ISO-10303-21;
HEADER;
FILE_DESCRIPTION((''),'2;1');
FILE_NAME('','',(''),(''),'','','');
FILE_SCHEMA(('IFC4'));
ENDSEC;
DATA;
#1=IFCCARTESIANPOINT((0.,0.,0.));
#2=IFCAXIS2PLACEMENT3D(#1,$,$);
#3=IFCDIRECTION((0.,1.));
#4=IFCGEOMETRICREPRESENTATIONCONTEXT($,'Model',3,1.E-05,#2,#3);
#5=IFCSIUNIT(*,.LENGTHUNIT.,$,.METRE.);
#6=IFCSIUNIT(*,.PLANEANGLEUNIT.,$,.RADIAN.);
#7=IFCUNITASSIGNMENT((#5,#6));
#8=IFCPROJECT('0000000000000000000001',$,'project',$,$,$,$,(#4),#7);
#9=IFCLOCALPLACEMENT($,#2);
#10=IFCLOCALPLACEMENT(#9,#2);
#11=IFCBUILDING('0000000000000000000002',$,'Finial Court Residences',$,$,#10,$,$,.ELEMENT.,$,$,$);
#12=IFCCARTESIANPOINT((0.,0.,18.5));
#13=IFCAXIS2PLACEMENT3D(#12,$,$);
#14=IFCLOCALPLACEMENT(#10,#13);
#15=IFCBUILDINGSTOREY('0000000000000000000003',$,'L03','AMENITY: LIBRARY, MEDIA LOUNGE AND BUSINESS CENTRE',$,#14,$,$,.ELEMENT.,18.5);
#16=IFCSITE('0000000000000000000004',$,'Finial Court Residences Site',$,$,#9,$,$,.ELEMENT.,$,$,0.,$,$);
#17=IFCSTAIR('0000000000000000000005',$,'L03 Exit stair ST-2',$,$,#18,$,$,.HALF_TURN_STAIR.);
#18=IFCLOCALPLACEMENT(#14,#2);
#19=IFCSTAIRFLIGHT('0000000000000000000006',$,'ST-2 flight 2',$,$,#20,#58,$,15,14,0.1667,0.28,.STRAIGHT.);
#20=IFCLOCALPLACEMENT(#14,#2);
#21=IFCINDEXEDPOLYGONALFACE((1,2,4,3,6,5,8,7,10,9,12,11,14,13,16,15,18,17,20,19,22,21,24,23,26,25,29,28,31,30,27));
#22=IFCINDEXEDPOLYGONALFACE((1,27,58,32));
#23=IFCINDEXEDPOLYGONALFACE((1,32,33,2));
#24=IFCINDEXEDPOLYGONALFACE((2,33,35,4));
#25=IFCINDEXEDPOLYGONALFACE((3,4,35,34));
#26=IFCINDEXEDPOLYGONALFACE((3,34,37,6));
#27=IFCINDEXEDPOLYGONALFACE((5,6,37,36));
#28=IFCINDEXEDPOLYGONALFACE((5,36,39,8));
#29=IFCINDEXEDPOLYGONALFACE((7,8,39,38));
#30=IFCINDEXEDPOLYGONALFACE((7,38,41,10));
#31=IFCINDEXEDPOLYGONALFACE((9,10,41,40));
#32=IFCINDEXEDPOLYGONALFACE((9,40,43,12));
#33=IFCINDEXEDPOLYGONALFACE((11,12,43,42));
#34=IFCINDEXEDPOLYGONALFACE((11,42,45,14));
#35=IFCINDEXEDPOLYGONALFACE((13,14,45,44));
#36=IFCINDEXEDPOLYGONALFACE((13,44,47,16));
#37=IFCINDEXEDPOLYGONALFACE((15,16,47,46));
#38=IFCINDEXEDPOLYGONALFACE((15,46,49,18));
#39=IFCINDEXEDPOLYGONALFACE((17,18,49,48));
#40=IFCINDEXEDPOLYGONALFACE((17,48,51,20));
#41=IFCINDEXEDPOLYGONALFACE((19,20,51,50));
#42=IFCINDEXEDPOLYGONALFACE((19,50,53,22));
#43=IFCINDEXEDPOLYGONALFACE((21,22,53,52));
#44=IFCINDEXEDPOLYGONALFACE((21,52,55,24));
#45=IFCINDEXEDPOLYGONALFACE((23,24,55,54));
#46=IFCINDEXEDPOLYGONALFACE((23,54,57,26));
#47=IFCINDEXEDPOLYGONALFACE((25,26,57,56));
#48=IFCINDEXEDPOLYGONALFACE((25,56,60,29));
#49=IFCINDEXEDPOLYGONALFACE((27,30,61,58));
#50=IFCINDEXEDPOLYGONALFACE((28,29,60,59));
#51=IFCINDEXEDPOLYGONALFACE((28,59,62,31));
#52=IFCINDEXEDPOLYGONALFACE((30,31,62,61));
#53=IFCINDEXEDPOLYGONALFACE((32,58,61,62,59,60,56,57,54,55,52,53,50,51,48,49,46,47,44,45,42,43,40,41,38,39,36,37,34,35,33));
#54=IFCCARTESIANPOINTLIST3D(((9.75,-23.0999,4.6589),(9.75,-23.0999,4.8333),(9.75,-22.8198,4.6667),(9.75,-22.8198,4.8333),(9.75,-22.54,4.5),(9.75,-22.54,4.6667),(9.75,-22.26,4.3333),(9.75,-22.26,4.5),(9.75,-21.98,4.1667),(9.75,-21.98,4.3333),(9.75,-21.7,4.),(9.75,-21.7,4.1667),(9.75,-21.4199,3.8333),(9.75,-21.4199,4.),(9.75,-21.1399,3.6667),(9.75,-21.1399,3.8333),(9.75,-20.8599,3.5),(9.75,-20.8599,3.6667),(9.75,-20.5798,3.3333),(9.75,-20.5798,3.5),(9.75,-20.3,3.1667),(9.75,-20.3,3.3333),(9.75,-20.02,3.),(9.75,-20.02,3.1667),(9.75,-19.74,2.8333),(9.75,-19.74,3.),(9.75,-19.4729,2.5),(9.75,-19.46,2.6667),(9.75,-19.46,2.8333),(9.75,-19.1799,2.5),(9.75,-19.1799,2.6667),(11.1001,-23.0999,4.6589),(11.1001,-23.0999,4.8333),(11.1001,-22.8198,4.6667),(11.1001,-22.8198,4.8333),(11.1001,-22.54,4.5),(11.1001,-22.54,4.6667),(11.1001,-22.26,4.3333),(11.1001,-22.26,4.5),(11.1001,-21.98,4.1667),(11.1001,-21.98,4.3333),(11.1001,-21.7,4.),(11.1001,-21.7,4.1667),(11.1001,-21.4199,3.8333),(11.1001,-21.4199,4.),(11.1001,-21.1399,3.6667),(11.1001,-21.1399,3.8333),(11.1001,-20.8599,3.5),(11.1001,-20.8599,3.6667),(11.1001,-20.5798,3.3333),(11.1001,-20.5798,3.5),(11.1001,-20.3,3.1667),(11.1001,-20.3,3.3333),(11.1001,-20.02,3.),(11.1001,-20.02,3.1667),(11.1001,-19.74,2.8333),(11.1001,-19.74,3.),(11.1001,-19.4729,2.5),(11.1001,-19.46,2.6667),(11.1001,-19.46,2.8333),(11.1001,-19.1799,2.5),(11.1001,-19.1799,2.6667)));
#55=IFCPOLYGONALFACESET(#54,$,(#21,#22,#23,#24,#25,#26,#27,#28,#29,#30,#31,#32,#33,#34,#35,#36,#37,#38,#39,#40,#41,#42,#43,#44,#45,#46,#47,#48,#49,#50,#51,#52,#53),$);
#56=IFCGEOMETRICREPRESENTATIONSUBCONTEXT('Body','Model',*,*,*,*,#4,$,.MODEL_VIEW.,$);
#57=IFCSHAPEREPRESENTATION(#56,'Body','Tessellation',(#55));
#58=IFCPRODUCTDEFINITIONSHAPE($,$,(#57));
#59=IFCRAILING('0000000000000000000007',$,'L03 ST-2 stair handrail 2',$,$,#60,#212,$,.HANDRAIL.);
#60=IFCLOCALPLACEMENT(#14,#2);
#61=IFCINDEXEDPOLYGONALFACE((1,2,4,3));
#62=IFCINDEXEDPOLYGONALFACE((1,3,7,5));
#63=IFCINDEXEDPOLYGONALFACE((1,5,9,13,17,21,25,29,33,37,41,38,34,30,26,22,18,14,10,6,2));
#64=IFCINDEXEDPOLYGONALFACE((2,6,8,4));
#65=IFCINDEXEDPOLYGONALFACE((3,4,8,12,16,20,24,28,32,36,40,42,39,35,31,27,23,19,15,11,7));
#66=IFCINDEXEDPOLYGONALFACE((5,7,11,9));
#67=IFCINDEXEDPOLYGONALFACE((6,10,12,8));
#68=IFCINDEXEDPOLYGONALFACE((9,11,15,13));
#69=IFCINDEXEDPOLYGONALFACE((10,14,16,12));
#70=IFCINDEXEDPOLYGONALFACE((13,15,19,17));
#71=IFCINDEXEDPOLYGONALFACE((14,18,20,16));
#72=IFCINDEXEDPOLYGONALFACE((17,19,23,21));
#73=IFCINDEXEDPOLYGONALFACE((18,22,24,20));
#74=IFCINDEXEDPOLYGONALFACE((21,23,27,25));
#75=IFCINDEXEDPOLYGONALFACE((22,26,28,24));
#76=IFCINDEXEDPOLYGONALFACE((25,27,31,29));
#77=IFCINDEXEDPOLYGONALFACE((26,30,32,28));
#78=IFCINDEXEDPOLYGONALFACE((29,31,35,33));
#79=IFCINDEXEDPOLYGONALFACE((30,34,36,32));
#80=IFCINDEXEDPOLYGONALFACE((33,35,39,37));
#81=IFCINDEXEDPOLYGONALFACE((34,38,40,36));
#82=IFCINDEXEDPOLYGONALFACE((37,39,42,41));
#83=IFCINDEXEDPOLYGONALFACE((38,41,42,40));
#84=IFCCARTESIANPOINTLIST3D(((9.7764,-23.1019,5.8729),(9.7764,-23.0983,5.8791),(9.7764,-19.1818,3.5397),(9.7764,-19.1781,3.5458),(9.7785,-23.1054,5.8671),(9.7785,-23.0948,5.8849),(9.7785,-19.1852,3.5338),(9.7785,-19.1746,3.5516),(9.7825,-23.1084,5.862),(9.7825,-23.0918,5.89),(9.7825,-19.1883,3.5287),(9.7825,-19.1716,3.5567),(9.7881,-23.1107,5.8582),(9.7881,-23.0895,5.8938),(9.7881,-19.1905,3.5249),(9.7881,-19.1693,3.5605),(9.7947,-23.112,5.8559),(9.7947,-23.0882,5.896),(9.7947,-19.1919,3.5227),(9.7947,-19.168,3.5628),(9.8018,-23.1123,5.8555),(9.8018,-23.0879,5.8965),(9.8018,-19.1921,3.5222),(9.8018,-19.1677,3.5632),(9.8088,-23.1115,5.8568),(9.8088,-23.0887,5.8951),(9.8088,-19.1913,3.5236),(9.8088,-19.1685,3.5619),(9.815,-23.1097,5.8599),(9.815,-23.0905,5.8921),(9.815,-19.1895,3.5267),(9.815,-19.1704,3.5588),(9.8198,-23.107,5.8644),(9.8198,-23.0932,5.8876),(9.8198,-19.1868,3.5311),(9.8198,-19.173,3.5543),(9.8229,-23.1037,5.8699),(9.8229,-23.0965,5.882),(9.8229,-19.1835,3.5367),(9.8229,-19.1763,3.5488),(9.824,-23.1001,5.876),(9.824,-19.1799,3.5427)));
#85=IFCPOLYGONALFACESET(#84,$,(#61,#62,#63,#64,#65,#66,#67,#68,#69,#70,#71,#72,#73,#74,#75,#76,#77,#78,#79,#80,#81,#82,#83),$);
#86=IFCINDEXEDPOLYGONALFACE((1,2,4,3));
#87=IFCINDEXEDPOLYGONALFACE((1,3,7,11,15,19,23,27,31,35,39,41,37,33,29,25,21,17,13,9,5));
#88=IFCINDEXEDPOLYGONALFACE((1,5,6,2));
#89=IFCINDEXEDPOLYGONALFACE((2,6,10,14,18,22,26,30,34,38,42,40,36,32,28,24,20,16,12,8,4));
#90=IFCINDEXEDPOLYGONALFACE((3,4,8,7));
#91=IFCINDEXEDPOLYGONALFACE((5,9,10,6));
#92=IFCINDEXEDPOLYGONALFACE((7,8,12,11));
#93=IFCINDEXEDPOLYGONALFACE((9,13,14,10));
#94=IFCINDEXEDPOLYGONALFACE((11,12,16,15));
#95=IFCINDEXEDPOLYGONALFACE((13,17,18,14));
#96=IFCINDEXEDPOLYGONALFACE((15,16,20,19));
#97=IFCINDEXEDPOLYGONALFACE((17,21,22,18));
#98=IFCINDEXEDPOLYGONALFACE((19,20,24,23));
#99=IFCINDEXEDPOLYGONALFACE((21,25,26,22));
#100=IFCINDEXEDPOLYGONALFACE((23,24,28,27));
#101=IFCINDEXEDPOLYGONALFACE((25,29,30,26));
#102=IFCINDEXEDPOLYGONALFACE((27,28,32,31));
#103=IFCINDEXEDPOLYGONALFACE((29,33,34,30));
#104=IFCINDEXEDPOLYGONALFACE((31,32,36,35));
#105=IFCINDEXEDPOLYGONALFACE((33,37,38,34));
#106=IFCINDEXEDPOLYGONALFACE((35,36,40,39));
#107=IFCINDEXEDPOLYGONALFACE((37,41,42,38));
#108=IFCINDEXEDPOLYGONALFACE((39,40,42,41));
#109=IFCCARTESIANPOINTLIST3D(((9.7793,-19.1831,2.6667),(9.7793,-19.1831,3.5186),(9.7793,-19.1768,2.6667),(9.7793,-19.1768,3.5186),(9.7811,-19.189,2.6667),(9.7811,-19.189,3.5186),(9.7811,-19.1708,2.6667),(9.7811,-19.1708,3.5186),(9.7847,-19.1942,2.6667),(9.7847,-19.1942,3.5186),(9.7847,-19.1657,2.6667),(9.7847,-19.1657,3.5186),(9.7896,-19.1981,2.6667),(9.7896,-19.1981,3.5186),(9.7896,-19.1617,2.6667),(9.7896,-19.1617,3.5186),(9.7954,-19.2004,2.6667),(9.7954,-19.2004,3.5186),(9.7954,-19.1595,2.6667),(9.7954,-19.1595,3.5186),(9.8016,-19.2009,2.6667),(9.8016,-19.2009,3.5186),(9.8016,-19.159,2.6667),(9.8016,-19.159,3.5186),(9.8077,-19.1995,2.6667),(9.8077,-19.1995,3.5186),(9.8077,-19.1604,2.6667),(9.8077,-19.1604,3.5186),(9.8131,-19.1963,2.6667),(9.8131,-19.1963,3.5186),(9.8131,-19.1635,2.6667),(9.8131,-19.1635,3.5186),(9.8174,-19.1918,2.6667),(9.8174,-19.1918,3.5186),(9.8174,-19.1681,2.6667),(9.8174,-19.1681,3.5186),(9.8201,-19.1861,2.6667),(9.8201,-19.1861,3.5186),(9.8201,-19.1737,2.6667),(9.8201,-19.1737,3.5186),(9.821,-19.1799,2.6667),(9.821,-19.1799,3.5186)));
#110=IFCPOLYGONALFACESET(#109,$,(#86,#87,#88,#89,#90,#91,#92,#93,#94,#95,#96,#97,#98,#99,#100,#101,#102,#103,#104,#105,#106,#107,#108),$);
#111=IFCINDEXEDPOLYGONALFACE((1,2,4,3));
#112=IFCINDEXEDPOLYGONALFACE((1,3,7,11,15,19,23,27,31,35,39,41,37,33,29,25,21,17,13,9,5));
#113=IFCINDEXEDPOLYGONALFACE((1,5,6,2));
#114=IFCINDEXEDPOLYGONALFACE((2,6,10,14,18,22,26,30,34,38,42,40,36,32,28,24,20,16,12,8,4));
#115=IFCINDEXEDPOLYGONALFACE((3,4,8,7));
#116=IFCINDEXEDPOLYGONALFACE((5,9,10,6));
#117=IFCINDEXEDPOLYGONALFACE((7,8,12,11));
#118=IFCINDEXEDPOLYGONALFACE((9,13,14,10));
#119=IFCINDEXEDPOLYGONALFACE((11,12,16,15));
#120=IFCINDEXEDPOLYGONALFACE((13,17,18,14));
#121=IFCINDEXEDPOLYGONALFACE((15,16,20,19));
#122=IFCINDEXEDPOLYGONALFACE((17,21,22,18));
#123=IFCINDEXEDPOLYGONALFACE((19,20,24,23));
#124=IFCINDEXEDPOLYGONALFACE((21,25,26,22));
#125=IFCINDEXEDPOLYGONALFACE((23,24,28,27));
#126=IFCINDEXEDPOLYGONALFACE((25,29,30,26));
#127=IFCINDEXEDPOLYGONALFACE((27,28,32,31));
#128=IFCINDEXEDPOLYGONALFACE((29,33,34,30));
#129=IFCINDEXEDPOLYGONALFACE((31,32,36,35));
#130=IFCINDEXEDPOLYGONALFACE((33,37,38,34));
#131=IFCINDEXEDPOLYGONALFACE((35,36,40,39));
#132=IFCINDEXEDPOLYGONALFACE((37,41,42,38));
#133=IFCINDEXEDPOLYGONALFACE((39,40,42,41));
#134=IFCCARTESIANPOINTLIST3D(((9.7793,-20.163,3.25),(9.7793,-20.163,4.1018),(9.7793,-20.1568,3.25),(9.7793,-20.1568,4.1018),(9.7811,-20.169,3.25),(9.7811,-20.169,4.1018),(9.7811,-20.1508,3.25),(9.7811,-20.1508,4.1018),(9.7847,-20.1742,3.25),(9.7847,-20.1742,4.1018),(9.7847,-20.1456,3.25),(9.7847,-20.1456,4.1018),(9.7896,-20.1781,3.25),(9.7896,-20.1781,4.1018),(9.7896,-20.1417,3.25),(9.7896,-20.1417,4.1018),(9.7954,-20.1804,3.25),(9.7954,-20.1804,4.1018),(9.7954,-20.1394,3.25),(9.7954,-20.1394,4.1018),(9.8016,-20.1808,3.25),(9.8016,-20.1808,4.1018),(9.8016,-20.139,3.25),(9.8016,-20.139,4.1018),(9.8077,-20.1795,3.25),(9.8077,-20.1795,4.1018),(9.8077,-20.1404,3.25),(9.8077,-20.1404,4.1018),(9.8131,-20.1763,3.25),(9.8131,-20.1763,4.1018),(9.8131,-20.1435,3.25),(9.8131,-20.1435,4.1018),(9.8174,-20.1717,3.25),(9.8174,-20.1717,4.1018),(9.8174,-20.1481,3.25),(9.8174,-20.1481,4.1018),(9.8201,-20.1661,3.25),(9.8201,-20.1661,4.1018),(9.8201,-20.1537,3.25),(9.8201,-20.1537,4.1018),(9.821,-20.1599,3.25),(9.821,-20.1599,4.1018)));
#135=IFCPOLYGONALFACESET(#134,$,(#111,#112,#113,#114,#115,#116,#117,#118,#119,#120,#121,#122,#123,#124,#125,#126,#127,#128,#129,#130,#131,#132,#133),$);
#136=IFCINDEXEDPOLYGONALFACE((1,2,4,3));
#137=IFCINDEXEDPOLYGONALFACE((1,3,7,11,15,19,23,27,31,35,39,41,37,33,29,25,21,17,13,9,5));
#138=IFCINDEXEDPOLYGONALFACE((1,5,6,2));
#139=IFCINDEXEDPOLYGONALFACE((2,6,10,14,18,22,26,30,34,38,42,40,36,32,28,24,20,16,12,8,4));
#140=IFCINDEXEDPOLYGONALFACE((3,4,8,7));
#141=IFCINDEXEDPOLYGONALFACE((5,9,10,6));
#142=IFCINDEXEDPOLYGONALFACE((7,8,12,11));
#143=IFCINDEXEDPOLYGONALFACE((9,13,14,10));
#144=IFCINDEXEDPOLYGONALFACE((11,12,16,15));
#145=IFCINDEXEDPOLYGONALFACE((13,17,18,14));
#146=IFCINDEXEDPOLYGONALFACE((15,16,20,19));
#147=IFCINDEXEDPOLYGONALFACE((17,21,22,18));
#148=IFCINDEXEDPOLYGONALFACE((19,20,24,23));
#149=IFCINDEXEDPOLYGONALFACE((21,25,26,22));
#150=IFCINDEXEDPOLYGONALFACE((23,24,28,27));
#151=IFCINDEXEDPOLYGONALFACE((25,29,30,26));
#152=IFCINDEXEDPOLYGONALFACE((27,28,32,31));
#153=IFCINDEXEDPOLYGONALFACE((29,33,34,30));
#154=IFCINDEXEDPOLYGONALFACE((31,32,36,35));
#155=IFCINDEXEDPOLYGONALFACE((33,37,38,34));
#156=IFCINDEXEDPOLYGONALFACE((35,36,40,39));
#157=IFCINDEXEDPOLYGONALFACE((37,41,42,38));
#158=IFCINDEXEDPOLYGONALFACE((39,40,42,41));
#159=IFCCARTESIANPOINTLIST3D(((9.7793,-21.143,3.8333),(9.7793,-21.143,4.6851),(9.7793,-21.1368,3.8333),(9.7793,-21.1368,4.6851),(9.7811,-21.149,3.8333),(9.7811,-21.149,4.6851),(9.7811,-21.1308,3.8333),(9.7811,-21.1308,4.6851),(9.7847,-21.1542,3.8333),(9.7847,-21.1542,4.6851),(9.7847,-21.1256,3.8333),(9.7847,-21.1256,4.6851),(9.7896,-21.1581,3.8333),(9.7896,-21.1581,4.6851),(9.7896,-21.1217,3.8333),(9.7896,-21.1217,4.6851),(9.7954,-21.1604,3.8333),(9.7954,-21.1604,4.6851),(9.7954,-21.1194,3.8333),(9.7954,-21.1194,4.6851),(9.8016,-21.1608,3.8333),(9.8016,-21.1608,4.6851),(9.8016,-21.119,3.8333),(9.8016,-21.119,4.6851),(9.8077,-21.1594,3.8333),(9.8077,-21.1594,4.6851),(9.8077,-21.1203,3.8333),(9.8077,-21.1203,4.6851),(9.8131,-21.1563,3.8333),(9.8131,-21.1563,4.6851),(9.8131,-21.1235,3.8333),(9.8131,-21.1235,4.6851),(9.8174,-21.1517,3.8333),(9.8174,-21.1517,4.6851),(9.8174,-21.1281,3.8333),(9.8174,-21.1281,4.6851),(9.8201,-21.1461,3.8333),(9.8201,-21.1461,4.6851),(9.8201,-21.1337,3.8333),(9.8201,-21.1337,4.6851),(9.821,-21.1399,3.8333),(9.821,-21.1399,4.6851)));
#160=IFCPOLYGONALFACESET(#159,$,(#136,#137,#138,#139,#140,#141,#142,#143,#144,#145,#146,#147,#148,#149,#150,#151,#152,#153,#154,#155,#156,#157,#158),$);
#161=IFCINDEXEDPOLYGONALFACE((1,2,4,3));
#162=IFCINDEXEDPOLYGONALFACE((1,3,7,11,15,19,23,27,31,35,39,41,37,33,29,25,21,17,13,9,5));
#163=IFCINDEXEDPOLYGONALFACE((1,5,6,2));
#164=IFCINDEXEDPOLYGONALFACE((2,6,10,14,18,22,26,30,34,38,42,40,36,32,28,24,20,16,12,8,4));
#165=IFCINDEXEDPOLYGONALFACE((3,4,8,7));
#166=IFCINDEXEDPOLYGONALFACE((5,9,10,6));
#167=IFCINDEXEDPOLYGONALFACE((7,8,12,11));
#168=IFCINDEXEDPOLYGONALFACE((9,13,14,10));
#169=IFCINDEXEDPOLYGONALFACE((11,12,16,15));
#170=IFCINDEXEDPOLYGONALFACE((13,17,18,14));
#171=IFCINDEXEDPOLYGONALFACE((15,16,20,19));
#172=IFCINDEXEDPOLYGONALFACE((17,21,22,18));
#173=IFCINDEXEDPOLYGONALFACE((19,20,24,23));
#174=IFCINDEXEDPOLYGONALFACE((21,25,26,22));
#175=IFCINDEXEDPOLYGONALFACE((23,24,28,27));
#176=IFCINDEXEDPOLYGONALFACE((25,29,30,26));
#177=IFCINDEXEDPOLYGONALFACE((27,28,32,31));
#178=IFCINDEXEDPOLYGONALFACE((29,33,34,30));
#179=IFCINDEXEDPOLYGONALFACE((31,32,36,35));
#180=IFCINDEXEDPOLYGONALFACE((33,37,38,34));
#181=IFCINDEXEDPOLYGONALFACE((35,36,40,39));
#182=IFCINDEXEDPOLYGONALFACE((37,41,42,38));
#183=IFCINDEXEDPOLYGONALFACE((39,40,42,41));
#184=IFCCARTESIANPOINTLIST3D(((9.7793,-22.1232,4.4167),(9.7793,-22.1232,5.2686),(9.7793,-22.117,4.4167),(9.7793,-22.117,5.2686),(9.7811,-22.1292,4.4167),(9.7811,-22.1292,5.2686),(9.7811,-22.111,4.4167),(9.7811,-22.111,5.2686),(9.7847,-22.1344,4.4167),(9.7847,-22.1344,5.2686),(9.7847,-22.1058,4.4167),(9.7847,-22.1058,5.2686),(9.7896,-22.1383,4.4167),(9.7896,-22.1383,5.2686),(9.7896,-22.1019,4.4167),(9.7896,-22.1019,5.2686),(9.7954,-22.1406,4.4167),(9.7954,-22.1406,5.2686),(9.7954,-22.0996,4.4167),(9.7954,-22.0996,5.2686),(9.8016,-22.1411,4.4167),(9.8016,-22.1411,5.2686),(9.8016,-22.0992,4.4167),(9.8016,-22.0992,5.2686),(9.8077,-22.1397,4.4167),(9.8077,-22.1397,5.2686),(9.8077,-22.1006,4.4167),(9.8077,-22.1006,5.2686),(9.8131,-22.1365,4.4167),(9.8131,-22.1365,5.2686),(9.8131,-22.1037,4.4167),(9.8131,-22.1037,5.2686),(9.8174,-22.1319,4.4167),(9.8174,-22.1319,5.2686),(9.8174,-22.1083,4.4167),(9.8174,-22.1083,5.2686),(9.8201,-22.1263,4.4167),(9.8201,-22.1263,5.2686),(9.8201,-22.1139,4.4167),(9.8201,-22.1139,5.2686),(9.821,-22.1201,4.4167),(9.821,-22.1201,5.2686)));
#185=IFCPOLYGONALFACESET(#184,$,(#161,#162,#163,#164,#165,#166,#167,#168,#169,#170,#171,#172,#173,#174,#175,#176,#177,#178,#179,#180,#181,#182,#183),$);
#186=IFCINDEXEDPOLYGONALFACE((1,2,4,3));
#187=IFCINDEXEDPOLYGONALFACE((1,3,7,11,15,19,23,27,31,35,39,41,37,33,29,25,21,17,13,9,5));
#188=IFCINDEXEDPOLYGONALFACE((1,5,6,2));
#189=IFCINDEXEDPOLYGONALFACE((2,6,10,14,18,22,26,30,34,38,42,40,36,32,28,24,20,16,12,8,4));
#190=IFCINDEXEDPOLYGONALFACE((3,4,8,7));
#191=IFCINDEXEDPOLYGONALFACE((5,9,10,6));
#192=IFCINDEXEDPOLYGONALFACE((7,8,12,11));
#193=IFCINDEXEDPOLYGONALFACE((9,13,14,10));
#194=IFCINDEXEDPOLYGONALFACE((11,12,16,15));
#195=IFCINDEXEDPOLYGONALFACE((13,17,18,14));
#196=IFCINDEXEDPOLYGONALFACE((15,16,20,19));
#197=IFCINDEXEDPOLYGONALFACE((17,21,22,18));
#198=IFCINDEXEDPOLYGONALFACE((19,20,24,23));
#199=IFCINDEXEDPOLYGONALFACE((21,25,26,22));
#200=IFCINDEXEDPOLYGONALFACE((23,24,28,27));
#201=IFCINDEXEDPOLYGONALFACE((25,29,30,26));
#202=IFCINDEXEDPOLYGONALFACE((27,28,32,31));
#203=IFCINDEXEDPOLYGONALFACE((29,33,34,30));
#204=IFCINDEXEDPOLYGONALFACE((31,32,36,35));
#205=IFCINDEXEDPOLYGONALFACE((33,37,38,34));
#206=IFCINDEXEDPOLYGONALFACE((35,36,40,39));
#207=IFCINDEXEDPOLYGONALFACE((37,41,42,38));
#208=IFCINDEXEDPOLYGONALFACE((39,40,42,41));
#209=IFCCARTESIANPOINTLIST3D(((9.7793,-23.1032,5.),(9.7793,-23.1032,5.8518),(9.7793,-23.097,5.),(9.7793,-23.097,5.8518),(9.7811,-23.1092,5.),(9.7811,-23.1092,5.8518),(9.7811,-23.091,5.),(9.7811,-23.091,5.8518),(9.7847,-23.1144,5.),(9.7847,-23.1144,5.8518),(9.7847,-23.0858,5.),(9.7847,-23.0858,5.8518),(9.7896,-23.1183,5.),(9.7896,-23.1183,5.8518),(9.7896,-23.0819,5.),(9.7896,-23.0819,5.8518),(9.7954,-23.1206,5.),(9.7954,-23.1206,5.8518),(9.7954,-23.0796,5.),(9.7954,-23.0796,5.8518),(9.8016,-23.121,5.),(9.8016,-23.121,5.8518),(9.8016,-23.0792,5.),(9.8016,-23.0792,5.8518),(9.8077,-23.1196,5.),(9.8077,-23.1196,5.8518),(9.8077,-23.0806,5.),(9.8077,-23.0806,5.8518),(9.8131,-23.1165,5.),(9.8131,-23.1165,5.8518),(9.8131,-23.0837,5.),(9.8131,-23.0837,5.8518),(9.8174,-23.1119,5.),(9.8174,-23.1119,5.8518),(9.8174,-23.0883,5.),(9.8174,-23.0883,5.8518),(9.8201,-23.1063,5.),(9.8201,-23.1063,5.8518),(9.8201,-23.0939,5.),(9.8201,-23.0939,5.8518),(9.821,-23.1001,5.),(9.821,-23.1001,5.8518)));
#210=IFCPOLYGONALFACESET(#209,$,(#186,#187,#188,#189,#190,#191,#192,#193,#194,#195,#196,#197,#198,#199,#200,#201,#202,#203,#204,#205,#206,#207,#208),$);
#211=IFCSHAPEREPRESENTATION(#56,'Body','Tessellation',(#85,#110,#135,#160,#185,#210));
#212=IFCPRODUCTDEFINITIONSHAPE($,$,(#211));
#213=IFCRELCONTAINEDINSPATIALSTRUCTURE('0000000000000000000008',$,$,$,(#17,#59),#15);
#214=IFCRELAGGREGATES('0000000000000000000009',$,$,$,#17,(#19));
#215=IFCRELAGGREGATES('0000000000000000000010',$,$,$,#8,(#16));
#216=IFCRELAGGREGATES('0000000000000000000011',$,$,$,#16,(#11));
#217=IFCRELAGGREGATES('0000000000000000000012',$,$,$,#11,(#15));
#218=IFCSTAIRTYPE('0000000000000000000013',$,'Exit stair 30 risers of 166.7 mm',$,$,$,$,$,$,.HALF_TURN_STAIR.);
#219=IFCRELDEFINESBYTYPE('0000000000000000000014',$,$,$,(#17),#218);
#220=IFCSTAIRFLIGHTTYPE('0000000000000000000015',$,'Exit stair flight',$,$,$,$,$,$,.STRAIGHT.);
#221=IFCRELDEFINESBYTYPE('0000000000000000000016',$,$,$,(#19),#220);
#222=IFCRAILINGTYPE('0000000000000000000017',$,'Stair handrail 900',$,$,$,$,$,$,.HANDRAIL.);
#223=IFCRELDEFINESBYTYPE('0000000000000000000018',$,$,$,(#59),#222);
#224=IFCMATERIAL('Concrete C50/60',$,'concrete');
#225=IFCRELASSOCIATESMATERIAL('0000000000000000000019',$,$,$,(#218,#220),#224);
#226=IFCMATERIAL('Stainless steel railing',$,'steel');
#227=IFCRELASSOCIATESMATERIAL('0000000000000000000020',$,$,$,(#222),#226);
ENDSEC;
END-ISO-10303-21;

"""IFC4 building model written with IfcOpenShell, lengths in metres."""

from ifc_helpers import new_model, si_unit, direction, frame, origin, origin_2d, place, context, subcontext, project, spatial, polyline, circle, outline, extrude, material, type_object, element, aggregate, save


model = new_model("IFC4")

# Units and contexts
model_context = context("Model", 3, precision=1e-05, world=origin(), true_north=direction((0.0, 1.0)))
body_context = subcontext(model_context, "Body", "Model", "MODEL_VIEW")
ifc_project = project(units=[si_unit("LENGTHUNIT", "METRE"), si_unit("PLANEANGLEUNIT", "RADIAN")], contexts=[model_context])

# Site, building, storey
site_placement = place(None, origin())
site = spatial("IfcSite", under=ifc_project, at=site_placement, Name="Finial Court Residences Site", CompositionType="ELEMENT", RefElevation=0.0)
building_placement = place(site_placement, origin())
building = spatial("IfcBuilding", under=site, at=building_placement, Name="Finial Court Residences", CompositionType="ELEMENT")
storey_placement = place(building_placement, frame((0.0, 0.0, 18.5)))
storey = spatial("IfcBuildingStorey", under=building, at=storey_placement, Name="L03", Description="AMENITY: LIBRARY, MEDIA LOUNGE AND BUSINESS CENTRE", CompositionType="ELEMENT", Elevation=18.5)

# Stair, stair flight
ifc_material_1 = material(Name="Concrete C50/60", Category="concrete")
stair_type = type_object("IfcStairType", Name="Exit stair 30 risers of 166.7 mm", PredefinedType="HALF_TURN_STAIR", material=ifc_material_1)
stair_placement = place(storey_placement, origin())
stair = element("IfcStair", 1, at=stair_placement, inside=storey, type_object=stair_type, Name="L03 Exit stair ST-2", PredefinedType="HALF_TURN_STAIR")
stair_flight_type = type_object("IfcStairFlightType", Name="Exit stair flight", PredefinedType="STRAIGHT", material=ifc_material_1)
stair_flight_placement = place(storey_placement, frame((10.425, -19.1799, 2.5), z_axis=(0.0, 0.0, 1.0), x_axis=(0.0, -1.0, 0.0)))
stair_flight = element("IfcStairFlight", 2, at=stair_flight_placement, type_object=stair_flight_type, Name="ST-2 flight 2", NumberOfRisers=15, NumberOfTreads=14, PredefinedType="STRAIGHT", RiserHeight=0.1667, TreadLength=0.28, context=body_context, shape_type="SweptSolid", body=[
    extrude(outline(polyline([(0.0, 0.0), (0.0, 0.1667), (0.28, 0.1667), (0.28, 0.3333), (0.5601, 0.3333), (0.5601, 0.5), (0.8401, 0.5), (0.8401, 0.6667), (1.1201, 0.6667), (1.1201, 0.8333), (1.3999, 0.8333), (1.3999, 1.0), (1.6799, 1.0), (1.6799, 1.1667), (1.96, 1.1667), (1.96, 1.3333), (2.24, 1.3333), (2.24, 1.5), (2.52, 1.5), (2.52, 1.6667), (2.8, 1.6667), (2.8, 1.8333), (3.0801, 1.8333), (3.0801, 2.0), (3.3601, 2.0), (3.3601, 2.1667), (3.6399, 2.1667), (3.6399, 2.3333), (3.9199, 2.3333), (3.9199, 2.5), (3.9199, 2.1589), (0.293, 0.0), (0.0, 0.0)])), frame((0.0, 0.675, 0.0), z_axis=(0.0, -1.0, 0.0), x_axis=(1.0, 0.0, 0.0)), (0.0, 0.0, 1.0), 1.3501),
])
aggregate(stair, [stair_flight])

# Railing
ifc_material_2 = material(Name="Stainless steel railing", Category="steel")
railing_type = type_object("IfcRailingType", Name="Stair handrail 900", PredefinedType="HANDRAIL", material=ifc_material_2)
railing_placement = place(storey_placement, frame((9.8, -19.1799, 2.6667)))
element("IfcRailing", 3, at=railing_placement, inside=storey, type_object=railing_type, Name="L03 ST-2 stair handrail 2", PredefinedType="HANDRAIL", context=body_context, shape_type="SweptSolid", body=[
    extrude(circle(Radius=0.0239, at=origin_2d()), frame((0.0, 0.0, 0.876), z_axis=(0.0, -0.85931, 0.511455), x_axis=(1.0, 0.0, 0.0)), (0.0, 0.0, 1.0), 4.562),
    extrude(circle(Radius=0.021, at=origin_2d()), origin(), (0.0, 0.0, 1.0), 0.8518),
    extrude(circle(Radius=0.021, at=origin_2d()), frame((0.0, -0.98, 0.5833)), (0.0, 0.0, 1.0), 0.8518),
    extrude(circle(Radius=0.021, at=origin_2d()), frame((0.0, -1.96, 1.1665)), (0.0, 0.0, 1.0), 0.8518),
    extrude(circle(Radius=0.021, at=origin_2d()), frame((0.0, -2.9402, 1.75)), (0.0, 0.0, 1.0), 0.8518),
    extrude(circle(Radius=0.021, at=origin_2d()), frame((0.0, -3.9202, 2.3333)), (0.0, 0.0, 1.0), 0.8518),
])

save(model, "model.ifc")
